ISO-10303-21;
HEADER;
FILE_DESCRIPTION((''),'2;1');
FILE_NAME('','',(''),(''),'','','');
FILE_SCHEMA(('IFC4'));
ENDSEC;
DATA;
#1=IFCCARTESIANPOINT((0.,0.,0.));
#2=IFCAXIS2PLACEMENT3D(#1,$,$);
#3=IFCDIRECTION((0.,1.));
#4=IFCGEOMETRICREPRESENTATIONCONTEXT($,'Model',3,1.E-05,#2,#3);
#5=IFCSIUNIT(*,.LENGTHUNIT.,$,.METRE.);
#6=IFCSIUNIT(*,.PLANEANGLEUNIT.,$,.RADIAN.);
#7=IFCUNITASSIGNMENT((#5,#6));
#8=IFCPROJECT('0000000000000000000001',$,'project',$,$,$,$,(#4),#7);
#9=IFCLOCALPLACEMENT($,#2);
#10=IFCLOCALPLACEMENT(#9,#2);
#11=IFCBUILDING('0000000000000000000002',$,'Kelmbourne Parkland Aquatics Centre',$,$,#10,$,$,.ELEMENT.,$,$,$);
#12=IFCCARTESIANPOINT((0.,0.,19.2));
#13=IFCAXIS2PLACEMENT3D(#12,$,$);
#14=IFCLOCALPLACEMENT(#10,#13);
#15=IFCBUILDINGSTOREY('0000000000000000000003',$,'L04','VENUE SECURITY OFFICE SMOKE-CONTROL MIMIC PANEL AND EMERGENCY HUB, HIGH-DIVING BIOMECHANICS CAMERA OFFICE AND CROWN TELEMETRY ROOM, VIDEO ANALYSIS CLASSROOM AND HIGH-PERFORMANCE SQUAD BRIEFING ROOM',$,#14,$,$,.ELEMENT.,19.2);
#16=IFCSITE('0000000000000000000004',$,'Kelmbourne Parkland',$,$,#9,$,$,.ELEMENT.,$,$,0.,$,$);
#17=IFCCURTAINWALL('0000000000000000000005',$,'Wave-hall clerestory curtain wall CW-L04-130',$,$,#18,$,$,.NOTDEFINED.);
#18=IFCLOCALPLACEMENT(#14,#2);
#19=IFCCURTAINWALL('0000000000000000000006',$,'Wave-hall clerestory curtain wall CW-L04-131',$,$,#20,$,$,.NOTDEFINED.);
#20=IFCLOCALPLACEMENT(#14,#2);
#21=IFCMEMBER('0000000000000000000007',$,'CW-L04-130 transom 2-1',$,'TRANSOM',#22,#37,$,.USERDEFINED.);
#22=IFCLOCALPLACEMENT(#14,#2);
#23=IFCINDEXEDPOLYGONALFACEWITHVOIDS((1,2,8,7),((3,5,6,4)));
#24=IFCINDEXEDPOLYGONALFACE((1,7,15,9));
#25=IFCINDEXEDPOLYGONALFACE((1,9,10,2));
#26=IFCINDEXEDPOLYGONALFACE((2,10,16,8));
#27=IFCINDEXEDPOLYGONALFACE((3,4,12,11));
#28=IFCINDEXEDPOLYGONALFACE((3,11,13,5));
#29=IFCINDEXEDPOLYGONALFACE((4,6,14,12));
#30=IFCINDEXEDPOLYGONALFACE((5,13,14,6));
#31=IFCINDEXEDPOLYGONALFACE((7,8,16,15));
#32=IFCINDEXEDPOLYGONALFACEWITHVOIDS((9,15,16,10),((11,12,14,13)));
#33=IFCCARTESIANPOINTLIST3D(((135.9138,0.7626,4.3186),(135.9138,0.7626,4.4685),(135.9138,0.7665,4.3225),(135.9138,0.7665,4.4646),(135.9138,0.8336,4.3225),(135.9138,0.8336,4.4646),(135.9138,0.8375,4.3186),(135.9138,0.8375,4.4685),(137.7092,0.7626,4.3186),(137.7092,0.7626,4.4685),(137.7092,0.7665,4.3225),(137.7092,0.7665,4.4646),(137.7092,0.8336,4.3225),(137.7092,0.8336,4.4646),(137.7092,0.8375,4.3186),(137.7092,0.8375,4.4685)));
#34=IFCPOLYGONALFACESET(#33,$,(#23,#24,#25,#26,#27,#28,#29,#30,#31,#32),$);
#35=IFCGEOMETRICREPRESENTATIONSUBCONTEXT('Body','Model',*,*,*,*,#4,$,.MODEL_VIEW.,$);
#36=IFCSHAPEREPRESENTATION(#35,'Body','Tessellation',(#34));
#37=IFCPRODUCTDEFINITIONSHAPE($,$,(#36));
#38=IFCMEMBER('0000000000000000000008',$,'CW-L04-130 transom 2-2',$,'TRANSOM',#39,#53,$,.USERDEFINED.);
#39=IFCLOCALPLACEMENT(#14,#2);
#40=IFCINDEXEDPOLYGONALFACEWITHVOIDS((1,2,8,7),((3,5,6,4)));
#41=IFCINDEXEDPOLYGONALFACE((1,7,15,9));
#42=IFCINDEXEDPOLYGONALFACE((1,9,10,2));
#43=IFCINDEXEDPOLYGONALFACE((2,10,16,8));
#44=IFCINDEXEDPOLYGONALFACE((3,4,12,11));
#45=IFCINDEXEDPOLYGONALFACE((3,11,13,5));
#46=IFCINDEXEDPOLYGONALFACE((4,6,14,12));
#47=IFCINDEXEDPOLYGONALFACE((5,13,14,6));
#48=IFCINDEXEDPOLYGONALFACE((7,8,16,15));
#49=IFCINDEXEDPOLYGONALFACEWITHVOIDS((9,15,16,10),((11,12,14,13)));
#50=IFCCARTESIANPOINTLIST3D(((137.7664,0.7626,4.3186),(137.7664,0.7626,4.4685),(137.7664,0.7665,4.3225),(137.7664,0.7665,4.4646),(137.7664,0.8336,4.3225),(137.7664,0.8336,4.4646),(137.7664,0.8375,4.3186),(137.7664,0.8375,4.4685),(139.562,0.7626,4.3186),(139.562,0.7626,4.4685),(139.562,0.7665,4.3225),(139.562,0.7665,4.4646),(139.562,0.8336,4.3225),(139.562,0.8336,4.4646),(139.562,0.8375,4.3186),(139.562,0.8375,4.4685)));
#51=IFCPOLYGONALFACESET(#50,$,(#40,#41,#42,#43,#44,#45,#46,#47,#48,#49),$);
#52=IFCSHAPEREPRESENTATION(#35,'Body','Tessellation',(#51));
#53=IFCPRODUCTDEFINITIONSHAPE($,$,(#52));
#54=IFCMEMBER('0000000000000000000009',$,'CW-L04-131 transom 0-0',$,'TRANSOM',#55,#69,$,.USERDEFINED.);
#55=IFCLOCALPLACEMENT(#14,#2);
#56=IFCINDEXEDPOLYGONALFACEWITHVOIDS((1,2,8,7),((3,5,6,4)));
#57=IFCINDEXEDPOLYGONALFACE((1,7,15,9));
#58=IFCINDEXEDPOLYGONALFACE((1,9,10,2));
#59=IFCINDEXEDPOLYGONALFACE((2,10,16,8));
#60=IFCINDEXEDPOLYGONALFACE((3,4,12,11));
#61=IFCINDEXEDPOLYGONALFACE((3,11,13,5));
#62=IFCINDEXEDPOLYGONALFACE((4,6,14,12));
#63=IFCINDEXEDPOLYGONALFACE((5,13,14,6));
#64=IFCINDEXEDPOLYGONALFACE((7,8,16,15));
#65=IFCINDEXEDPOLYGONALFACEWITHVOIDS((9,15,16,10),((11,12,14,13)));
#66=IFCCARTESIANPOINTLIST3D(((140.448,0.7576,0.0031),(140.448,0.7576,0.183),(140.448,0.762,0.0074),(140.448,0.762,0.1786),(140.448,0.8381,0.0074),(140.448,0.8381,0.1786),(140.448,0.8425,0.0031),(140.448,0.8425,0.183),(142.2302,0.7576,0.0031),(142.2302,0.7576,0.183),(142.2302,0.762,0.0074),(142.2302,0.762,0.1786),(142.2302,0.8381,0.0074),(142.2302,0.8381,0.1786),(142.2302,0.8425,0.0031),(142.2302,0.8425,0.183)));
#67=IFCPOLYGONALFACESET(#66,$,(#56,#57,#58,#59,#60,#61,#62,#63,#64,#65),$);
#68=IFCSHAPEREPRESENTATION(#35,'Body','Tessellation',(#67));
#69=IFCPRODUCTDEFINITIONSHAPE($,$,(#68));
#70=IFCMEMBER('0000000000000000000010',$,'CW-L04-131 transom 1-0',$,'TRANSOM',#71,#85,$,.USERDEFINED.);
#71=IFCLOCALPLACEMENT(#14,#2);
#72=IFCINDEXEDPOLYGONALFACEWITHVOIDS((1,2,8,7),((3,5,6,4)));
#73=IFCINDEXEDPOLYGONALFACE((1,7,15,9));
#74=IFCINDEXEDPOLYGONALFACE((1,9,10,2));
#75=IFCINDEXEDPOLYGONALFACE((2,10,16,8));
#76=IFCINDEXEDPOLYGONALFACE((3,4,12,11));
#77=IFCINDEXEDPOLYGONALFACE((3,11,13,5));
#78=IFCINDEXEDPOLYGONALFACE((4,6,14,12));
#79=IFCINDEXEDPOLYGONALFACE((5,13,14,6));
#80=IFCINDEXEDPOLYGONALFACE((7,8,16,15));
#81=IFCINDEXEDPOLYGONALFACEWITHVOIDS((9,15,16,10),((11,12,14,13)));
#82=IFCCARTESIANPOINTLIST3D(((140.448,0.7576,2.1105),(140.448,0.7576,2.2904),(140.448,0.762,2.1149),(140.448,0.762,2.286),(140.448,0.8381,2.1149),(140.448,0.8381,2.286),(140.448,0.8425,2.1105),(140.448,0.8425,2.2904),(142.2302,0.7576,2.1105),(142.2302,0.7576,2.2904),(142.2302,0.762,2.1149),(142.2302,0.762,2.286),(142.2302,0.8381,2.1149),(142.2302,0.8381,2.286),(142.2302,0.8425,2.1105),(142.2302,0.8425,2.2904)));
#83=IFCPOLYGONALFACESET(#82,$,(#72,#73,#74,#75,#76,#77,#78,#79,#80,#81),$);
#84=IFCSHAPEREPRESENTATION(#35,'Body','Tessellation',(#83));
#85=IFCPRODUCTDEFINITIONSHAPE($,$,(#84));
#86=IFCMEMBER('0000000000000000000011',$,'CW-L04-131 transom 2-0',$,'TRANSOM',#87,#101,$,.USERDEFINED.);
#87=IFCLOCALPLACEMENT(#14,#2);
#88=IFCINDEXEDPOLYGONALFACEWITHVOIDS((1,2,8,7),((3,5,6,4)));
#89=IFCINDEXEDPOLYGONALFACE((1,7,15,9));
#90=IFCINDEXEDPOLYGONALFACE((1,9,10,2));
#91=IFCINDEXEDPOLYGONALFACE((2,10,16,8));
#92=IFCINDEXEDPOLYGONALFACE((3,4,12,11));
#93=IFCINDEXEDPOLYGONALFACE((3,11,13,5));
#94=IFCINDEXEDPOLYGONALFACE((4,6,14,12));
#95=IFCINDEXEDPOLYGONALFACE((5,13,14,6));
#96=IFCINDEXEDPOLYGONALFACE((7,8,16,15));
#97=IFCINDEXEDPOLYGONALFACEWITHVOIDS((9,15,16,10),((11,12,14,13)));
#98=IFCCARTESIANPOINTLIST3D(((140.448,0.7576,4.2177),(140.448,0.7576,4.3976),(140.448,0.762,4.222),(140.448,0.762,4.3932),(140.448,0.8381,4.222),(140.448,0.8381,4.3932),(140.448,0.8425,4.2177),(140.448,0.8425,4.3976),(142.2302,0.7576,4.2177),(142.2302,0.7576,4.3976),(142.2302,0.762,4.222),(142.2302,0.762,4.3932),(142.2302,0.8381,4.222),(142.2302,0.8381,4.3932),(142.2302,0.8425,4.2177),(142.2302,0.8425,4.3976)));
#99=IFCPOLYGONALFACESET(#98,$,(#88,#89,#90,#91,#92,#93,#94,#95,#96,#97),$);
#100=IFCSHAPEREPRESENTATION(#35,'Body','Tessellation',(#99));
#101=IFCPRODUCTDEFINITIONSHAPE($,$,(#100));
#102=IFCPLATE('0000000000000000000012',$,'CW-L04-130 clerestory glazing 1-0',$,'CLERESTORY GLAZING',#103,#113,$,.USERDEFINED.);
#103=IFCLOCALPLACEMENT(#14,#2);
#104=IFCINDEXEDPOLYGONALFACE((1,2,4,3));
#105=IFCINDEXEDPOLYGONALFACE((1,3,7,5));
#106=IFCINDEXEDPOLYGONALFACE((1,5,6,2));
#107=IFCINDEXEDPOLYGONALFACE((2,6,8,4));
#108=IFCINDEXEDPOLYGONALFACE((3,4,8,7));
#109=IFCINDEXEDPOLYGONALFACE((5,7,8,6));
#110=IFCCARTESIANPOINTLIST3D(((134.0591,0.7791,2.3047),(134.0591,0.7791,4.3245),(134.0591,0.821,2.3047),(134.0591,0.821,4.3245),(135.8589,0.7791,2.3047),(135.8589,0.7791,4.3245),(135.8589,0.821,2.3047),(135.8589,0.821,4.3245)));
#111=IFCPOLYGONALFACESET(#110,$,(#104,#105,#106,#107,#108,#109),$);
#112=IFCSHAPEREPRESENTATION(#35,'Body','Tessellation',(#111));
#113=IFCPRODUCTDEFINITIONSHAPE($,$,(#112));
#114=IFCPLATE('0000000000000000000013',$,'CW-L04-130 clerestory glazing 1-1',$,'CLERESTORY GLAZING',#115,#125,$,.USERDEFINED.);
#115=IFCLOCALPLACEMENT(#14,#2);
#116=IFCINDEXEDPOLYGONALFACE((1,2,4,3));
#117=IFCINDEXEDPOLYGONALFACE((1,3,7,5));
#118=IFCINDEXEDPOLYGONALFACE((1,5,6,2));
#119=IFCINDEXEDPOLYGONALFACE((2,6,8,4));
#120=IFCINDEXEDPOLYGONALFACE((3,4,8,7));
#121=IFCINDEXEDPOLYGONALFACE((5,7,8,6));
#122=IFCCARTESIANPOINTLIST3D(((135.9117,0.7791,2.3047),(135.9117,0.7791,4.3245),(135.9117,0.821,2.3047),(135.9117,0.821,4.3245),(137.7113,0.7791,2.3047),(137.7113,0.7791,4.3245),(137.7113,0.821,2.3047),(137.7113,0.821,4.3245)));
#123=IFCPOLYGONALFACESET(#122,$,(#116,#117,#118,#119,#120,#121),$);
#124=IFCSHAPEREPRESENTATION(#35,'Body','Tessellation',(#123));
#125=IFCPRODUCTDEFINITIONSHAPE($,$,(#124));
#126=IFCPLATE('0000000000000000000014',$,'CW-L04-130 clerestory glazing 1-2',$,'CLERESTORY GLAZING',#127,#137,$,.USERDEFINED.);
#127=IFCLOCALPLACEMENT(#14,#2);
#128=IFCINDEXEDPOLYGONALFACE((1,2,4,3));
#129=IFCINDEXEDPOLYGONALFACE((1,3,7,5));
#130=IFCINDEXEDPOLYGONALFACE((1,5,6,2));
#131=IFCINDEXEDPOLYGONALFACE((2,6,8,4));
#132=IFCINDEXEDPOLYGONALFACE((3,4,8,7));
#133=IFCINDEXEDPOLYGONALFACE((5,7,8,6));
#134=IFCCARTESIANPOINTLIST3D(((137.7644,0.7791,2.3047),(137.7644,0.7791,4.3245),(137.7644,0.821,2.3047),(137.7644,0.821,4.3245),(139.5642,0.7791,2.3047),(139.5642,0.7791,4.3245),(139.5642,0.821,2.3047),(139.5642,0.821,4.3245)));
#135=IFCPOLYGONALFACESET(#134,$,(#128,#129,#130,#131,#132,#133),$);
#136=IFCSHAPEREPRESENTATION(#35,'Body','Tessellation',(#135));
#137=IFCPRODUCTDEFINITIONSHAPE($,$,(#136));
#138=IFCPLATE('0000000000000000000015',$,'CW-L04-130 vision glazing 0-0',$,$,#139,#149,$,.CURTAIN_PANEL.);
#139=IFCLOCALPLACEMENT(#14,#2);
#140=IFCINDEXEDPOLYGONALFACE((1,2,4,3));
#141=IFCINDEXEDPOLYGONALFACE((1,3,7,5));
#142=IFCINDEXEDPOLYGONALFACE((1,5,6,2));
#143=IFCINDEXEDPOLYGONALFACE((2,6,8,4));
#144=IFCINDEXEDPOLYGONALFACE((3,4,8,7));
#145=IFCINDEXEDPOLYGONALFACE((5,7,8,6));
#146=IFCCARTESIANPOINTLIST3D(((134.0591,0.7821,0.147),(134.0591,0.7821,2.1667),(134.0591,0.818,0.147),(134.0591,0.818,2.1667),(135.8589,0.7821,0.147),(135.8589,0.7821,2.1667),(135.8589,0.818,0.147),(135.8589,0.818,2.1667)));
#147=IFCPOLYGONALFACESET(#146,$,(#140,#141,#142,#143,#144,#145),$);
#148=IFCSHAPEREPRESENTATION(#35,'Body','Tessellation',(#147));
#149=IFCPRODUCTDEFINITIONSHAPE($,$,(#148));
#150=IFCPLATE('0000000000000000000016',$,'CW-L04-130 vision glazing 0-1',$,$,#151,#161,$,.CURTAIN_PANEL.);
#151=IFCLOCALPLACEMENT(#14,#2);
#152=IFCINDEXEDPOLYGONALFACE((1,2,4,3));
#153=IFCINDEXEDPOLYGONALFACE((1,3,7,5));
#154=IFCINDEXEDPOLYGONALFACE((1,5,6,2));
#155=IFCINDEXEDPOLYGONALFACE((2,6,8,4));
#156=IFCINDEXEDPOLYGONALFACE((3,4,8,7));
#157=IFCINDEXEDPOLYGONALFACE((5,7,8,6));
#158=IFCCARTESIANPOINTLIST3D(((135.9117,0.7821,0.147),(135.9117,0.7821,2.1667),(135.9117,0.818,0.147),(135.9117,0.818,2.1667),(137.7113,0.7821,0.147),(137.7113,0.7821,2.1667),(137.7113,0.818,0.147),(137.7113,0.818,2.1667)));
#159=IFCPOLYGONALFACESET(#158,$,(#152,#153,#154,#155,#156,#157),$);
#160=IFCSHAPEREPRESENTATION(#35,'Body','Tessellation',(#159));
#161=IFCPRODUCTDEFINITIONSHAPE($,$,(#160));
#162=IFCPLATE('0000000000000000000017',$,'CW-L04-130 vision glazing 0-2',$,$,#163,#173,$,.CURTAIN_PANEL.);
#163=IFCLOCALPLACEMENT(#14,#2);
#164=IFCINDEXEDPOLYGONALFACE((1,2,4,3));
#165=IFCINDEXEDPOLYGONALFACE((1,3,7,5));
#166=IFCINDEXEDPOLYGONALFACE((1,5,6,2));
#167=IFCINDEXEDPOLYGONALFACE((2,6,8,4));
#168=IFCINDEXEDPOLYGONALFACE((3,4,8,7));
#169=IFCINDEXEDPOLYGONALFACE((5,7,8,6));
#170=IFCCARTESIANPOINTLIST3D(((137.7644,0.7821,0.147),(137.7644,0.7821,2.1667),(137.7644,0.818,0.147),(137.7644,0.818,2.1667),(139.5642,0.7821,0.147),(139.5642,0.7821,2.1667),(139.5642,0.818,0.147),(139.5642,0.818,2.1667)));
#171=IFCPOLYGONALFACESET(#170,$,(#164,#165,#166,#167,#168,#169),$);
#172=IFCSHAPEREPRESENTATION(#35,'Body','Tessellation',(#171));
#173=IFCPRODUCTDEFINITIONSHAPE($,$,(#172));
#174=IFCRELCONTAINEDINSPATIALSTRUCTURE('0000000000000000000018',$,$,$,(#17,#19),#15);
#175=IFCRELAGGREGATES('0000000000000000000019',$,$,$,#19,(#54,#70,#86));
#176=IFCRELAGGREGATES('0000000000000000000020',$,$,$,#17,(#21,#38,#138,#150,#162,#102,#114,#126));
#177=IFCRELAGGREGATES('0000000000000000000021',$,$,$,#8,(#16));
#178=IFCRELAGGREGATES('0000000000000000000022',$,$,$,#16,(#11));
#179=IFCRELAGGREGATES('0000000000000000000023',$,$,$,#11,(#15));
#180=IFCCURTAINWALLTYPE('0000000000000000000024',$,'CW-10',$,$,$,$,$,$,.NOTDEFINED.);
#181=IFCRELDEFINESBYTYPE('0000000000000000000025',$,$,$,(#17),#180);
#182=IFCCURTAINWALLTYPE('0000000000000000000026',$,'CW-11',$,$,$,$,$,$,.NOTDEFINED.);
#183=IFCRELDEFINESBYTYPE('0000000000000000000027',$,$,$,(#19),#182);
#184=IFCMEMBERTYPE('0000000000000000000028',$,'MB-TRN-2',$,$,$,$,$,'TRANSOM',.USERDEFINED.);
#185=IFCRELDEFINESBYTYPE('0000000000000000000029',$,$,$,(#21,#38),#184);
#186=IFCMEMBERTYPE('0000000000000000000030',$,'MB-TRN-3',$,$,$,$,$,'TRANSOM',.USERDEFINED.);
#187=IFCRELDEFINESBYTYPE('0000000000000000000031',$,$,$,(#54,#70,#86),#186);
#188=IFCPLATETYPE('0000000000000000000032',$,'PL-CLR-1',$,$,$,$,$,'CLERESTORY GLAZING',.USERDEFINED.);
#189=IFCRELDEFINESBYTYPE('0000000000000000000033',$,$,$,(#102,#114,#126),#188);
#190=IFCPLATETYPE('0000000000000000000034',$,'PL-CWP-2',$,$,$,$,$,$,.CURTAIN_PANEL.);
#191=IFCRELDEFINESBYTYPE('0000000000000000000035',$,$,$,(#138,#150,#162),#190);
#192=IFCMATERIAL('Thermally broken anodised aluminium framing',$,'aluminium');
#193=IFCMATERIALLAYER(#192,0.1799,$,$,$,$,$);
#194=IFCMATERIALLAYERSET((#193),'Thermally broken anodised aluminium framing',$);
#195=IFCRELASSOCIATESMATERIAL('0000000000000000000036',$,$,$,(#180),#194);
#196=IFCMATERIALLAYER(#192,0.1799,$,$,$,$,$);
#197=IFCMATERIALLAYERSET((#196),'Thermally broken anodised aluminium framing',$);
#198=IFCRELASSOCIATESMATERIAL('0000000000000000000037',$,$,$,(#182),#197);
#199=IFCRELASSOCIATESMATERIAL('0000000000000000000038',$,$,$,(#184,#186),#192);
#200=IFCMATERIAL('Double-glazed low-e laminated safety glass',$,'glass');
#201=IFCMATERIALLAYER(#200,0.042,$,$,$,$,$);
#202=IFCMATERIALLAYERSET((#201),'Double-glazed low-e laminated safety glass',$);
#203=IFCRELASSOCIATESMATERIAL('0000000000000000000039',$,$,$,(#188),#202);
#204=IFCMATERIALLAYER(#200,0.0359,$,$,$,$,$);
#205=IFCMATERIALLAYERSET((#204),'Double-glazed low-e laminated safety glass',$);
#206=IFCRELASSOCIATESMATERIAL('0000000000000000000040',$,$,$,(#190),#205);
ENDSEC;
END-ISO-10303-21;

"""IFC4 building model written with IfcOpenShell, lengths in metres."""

from ifc_helpers import new_model, si_unit, direction, frame, origin, origin_2d, place, context, subcontext, project, spatial, rectangle, hollow_rectangle, extrude, material, layer, layer_set, material_profile, profile_set, type_object, element, aggregate, save


model = new_model("IFC4")

# Units and contexts
model_context = context("Model", 3, precision=1e-05, world=origin(), true_north=direction((0.0, 1.0)))
body_context = subcontext(model_context, "Body", "Model", "MODEL_VIEW")
ifc_project = project(units=[si_unit("LENGTHUNIT", "METRE"), si_unit("PLANEANGLEUNIT", "RADIAN")], contexts=[model_context])

# Site, building, storey
site_placement = place(None, origin())
site = spatial("IfcSite", under=ifc_project, at=site_placement, Name="Kelmbourne Parkland", CompositionType="ELEMENT", RefElevation=0.0)
building_placement = place(site_placement, origin())
building = spatial("IfcBuilding", under=site, at=building_placement, Name="Kelmbourne Parkland Aquatics Centre", CompositionType="ELEMENT")
storey_placement = place(building_placement, frame((0.0, 0.0, 19.2)))
storey = spatial("IfcBuildingStorey", under=building, at=storey_placement, Name="L04", Description="VENUE SECURITY OFFICE SMOKE-CONTROL MIMIC PANEL AND EMERGENCY HUB, HIGH-DIVING BIOMECHANICS CAMERA OFFICE AND CROWN TELEMETRY ROOM, VIDEO ANALYSIS CLASSROOM AND HIGH-PERFORMANCE SQUAD BRIEFING ROOM", CompositionType="ELEMENT", Elevation=19.2)

# Curtain wall
ifc_material_1 = material(Name="Thermally broken anodised aluminium framing", Category="aluminium")
ifc_layer_1 = layer(ifc_material_1, 0.1799)
ifc_layer_set_1 = layer_set([ifc_layer_1], Name="Thermally broken anodised aluminium framing")
curtain_wall_type_1 = type_object("IfcCurtainWallType", Name="CW-10", PredefinedType="NOTDEFINED", material=ifc_layer_set_1)
curtain_wall_1_placement = place(storey_placement, origin())
curtain_wall_1 = element("IfcCurtainWall", 1, at=curtain_wall_1_placement, inside=storey, type_object=curtain_wall_type_1, Name="Wave-hall clerestory curtain wall CW-L04-130", PredefinedType="NOTDEFINED")

# Curtain wall
ifc_layer_2 = layer(ifc_material_1, 0.1799)
ifc_layer_set_2 = layer_set([ifc_layer_2], Name="Thermally broken anodised aluminium framing")
curtain_wall_type_2 = type_object("IfcCurtainWallType", Name="CW-11", PredefinedType="NOTDEFINED", material=ifc_layer_set_2)
curtain_wall_2_placement = place(storey_placement, origin())
curtain_wall_2 = element("IfcCurtainWall", 2, at=curtain_wall_2_placement, inside=storey, type_object=curtain_wall_type_2, Name="Wave-hall clerestory curtain wall CW-L04-131", PredefinedType="NOTDEFINED")

# Members
ifc_material_profile_1 = material_profile(ifc_material_1, hollow_rectangle(XDim=0.075, YDim=0.1499, WallThickness=0.0039, at=origin_2d()), Name="CW-T 75x150")
ifc_profile_set_1 = profile_set([ifc_material_profile_1], Name="Thermally broken anodised aluminium framing")
member_type_1 = type_object("IfcMemberType", Name="MB-TRN-2", ElementType="TRANSOM", PredefinedType="USERDEFINED", material=ifc_profile_set_1)
member_1_placement = place(storey_placement, frame((135.9138, 0.8, 4.3936), z_axis=(1.0, 0.0, 0.0), x_axis=(0.0, 1.0, 0.0)))
member_1 = element("IfcMember", 3, at=member_1_placement, type_object=member_type_1, Name="CW-L04-130 transom 2-1", ObjectType="TRANSOM", PredefinedType="USERDEFINED", context=body_context, shape_type="SweptSolid", body=[
    extrude(hollow_rectangle(XDim=0.075, YDim=0.1499, WallThickness=0.0039, at=origin_2d()), origin(), (0.0, 0.0, 1.0), 1.7954),
])
member_2_placement = place(storey_placement, frame((137.7664, 0.8, 4.3936), z_axis=(1.0, 0.0, 0.0), x_axis=(0.0, 1.0, 0.0)))
member_2 = element("IfcMember", 4, at=member_2_placement, type_object=member_type_1, Name="CW-L04-130 transom 2-2", ObjectType="TRANSOM", PredefinedType="USERDEFINED", context=body_context, shape_type="SweptSolid", body=[
    extrude(hollow_rectangle(XDim=0.075, YDim=0.1499, WallThickness=0.0039, at=origin_2d()), origin(), (0.0, 0.0, 1.0), 1.7957),
])
ifc_material_profile_2 = material_profile(ifc_material_1, hollow_rectangle(XDim=0.085, YDim=0.1799, WallThickness=0.0044, at=origin_2d()), Name="CW-T 85x180")
ifc_profile_set_2 = profile_set([ifc_material_profile_2], Name="Thermally broken anodised aluminium framing")
member_type_2 = type_object("IfcMemberType", Name="MB-TRN-3", ElementType="TRANSOM", PredefinedType="USERDEFINED", material=ifc_profile_set_2)
member_3_placement = place(storey_placement, frame((140.448, 0.8, 0.093), z_axis=(1.0, 0.0, 0.0), x_axis=(0.0, 1.0, 0.0)))
member_3 = element("IfcMember", 5, at=member_3_placement, type_object=member_type_2, Name="CW-L04-131 transom 0-0", ObjectType="TRANSOM", PredefinedType="USERDEFINED", context=body_context, shape_type="SweptSolid", body=[
    extrude(hollow_rectangle(XDim=0.085, YDim=0.1799, WallThickness=0.0044, at=origin_2d()), origin(), (0.0, 0.0, 1.0), 1.7822),
])
member_4_placement = place(storey_placement, frame((140.448, 0.8, 2.2004), z_axis=(1.0, 0.0, 0.0), x_axis=(0.0, 1.0, 0.0)))
member_4 = element("IfcMember", 6, at=member_4_placement, type_object=member_type_2, Name="CW-L04-131 transom 1-0", ObjectType="TRANSOM", PredefinedType="USERDEFINED", context=body_context, shape_type="SweptSolid", body=[
    extrude(hollow_rectangle(XDim=0.085, YDim=0.1799, WallThickness=0.0044, at=origin_2d()), origin(), (0.0, 0.0, 1.0), 1.7822),
])
member_5_placement = place(storey_placement, frame((140.448, 0.8, 4.3076), z_axis=(1.0, 0.0, 0.0), x_axis=(0.0, 1.0, 0.0)))
member_5 = element("IfcMember", 7, at=member_5_placement, type_object=member_type_2, Name="CW-L04-131 transom 2-0", ObjectType="TRANSOM", PredefinedType="USERDEFINED", context=body_context, shape_type="SweptSolid", body=[
    extrude(hollow_rectangle(XDim=0.085, YDim=0.1799, WallThickness=0.0044, at=origin_2d()), origin(), (0.0, 0.0, 1.0), 1.7822),
])
aggregate(curtain_wall_2, [member_3, member_4, member_5])

# Plates
ifc_material_2 = material(Name="Double-glazed low-e laminated safety glass", Category="glass")
ifc_layer_3 = layer(ifc_material_2, 0.042)
ifc_layer_set_3 = layer_set([ifc_layer_3], Name="Double-glazed low-e laminated safety glass")
plate_type_1 = type_object("IfcPlateType", Name="PL-CLR-1", ElementType="CLERESTORY GLAZING", PredefinedType="USERDEFINED", material=ifc_layer_set_3)
plate_1_placement = place(storey_placement, frame((134.959, 0.8, 2.3047), z_axis=(0.0, 0.0, 1.0), x_axis=(1.0, 0.0, 0.0)))
plate_1 = element("IfcPlate", 8, at=plate_1_placement, type_object=plate_type_1, Name="CW-L04-130 clerestory glazing 1-0", ObjectType="CLERESTORY GLAZING", PredefinedType="USERDEFINED", context=body_context, shape_type="SweptSolid", body=[
    extrude(rectangle(XDim=1.7998, YDim=0.042, at=origin_2d()), origin(), (0.0, 0.0, 1.0), 2.0198),
])
plate_2_placement = place(storey_placement, frame((136.8115, 0.8, 2.3047), z_axis=(0.0, 0.0, 1.0), x_axis=(1.0, 0.0, 0.0)))
plate_2 = element("IfcPlate", 9, at=plate_2_placement, type_object=plate_type_1, Name="CW-L04-130 clerestory glazing 1-1", ObjectType="CLERESTORY GLAZING", PredefinedType="USERDEFINED", context=body_context, shape_type="SweptSolid", body=[
    extrude(rectangle(XDim=1.7996, YDim=0.042, at=origin_2d()), origin(), (0.0, 0.0, 1.0), 2.0198),
])
plate_3_placement = place(storey_placement, frame((138.6643, 0.8, 2.3047), z_axis=(0.0, 0.0, 1.0), x_axis=(1.0, 0.0, 0.0)))
plate_3 = element("IfcPlate", 10, at=plate_3_placement, type_object=plate_type_1, Name="CW-L04-130 clerestory glazing 1-2", ObjectType="CLERESTORY GLAZING", PredefinedType="USERDEFINED", context=body_context, shape_type="SweptSolid", body=[
    extrude(rectangle(XDim=1.7998, YDim=0.042, at=origin_2d()), origin(), (0.0, 0.0, 1.0), 2.0198),
])
ifc_layer_4 = layer(ifc_material_2, 0.0359)
ifc_layer_set_4 = layer_set([ifc_layer_4], Name="Double-glazed low-e laminated safety glass")
plate_type_2 = type_object("IfcPlateType", Name="PL-CWP-2", PredefinedType="CURTAIN_PANEL", material=ifc_layer_set_4)
plate_4_placement = place(storey_placement, frame((134.959, 0.8, 0.147), z_axis=(0.0, 0.0, 1.0), x_axis=(1.0, 0.0, 0.0)))
plate_4 = element("IfcPlate", 11, at=plate_4_placement, type_object=plate_type_2, Name="CW-L04-130 vision glazing 0-0", PredefinedType="CURTAIN_PANEL", context=body_context, shape_type="SweptSolid", body=[
    extrude(rectangle(XDim=1.7998, YDim=0.0359, at=origin_2d()), origin(), (0.0, 0.0, 1.0), 2.0198),
])
plate_5_placement = place(storey_placement, frame((136.8115, 0.8, 0.147), z_axis=(0.0, 0.0, 1.0), x_axis=(1.0, 0.0, 0.0)))
plate_5 = element("IfcPlate", 12, at=plate_5_placement, type_object=plate_type_2, Name="CW-L04-130 vision glazing 0-1", PredefinedType="CURTAIN_PANEL", context=body_context, shape_type="SweptSolid", body=[
    extrude(rectangle(XDim=1.7996, YDim=0.0359, at=origin_2d()), origin(), (0.0, 0.0, 1.0), 2.0198),
])
plate_6_placement = place(storey_placement, frame((138.6643, 0.8, 0.147), z_axis=(0.0, 0.0, 1.0), x_axis=(1.0, 0.0, 0.0)))
plate_6 = element("IfcPlate", 13, at=plate_6_placement, type_object=plate_type_2, Name="CW-L04-130 vision glazing 0-2", PredefinedType="CURTAIN_PANEL", context=body_context, shape_type="SweptSolid", body=[
    extrude(rectangle(XDim=1.7998, YDim=0.0359, at=origin_2d()), origin(), (0.0, 0.0, 1.0), 2.0198),
])
aggregate(curtain_wall_1, [member_1, member_2, plate_4, plate_5, plate_6, plate_1, plate_2, plate_3])

save(model, "model.ifc")
